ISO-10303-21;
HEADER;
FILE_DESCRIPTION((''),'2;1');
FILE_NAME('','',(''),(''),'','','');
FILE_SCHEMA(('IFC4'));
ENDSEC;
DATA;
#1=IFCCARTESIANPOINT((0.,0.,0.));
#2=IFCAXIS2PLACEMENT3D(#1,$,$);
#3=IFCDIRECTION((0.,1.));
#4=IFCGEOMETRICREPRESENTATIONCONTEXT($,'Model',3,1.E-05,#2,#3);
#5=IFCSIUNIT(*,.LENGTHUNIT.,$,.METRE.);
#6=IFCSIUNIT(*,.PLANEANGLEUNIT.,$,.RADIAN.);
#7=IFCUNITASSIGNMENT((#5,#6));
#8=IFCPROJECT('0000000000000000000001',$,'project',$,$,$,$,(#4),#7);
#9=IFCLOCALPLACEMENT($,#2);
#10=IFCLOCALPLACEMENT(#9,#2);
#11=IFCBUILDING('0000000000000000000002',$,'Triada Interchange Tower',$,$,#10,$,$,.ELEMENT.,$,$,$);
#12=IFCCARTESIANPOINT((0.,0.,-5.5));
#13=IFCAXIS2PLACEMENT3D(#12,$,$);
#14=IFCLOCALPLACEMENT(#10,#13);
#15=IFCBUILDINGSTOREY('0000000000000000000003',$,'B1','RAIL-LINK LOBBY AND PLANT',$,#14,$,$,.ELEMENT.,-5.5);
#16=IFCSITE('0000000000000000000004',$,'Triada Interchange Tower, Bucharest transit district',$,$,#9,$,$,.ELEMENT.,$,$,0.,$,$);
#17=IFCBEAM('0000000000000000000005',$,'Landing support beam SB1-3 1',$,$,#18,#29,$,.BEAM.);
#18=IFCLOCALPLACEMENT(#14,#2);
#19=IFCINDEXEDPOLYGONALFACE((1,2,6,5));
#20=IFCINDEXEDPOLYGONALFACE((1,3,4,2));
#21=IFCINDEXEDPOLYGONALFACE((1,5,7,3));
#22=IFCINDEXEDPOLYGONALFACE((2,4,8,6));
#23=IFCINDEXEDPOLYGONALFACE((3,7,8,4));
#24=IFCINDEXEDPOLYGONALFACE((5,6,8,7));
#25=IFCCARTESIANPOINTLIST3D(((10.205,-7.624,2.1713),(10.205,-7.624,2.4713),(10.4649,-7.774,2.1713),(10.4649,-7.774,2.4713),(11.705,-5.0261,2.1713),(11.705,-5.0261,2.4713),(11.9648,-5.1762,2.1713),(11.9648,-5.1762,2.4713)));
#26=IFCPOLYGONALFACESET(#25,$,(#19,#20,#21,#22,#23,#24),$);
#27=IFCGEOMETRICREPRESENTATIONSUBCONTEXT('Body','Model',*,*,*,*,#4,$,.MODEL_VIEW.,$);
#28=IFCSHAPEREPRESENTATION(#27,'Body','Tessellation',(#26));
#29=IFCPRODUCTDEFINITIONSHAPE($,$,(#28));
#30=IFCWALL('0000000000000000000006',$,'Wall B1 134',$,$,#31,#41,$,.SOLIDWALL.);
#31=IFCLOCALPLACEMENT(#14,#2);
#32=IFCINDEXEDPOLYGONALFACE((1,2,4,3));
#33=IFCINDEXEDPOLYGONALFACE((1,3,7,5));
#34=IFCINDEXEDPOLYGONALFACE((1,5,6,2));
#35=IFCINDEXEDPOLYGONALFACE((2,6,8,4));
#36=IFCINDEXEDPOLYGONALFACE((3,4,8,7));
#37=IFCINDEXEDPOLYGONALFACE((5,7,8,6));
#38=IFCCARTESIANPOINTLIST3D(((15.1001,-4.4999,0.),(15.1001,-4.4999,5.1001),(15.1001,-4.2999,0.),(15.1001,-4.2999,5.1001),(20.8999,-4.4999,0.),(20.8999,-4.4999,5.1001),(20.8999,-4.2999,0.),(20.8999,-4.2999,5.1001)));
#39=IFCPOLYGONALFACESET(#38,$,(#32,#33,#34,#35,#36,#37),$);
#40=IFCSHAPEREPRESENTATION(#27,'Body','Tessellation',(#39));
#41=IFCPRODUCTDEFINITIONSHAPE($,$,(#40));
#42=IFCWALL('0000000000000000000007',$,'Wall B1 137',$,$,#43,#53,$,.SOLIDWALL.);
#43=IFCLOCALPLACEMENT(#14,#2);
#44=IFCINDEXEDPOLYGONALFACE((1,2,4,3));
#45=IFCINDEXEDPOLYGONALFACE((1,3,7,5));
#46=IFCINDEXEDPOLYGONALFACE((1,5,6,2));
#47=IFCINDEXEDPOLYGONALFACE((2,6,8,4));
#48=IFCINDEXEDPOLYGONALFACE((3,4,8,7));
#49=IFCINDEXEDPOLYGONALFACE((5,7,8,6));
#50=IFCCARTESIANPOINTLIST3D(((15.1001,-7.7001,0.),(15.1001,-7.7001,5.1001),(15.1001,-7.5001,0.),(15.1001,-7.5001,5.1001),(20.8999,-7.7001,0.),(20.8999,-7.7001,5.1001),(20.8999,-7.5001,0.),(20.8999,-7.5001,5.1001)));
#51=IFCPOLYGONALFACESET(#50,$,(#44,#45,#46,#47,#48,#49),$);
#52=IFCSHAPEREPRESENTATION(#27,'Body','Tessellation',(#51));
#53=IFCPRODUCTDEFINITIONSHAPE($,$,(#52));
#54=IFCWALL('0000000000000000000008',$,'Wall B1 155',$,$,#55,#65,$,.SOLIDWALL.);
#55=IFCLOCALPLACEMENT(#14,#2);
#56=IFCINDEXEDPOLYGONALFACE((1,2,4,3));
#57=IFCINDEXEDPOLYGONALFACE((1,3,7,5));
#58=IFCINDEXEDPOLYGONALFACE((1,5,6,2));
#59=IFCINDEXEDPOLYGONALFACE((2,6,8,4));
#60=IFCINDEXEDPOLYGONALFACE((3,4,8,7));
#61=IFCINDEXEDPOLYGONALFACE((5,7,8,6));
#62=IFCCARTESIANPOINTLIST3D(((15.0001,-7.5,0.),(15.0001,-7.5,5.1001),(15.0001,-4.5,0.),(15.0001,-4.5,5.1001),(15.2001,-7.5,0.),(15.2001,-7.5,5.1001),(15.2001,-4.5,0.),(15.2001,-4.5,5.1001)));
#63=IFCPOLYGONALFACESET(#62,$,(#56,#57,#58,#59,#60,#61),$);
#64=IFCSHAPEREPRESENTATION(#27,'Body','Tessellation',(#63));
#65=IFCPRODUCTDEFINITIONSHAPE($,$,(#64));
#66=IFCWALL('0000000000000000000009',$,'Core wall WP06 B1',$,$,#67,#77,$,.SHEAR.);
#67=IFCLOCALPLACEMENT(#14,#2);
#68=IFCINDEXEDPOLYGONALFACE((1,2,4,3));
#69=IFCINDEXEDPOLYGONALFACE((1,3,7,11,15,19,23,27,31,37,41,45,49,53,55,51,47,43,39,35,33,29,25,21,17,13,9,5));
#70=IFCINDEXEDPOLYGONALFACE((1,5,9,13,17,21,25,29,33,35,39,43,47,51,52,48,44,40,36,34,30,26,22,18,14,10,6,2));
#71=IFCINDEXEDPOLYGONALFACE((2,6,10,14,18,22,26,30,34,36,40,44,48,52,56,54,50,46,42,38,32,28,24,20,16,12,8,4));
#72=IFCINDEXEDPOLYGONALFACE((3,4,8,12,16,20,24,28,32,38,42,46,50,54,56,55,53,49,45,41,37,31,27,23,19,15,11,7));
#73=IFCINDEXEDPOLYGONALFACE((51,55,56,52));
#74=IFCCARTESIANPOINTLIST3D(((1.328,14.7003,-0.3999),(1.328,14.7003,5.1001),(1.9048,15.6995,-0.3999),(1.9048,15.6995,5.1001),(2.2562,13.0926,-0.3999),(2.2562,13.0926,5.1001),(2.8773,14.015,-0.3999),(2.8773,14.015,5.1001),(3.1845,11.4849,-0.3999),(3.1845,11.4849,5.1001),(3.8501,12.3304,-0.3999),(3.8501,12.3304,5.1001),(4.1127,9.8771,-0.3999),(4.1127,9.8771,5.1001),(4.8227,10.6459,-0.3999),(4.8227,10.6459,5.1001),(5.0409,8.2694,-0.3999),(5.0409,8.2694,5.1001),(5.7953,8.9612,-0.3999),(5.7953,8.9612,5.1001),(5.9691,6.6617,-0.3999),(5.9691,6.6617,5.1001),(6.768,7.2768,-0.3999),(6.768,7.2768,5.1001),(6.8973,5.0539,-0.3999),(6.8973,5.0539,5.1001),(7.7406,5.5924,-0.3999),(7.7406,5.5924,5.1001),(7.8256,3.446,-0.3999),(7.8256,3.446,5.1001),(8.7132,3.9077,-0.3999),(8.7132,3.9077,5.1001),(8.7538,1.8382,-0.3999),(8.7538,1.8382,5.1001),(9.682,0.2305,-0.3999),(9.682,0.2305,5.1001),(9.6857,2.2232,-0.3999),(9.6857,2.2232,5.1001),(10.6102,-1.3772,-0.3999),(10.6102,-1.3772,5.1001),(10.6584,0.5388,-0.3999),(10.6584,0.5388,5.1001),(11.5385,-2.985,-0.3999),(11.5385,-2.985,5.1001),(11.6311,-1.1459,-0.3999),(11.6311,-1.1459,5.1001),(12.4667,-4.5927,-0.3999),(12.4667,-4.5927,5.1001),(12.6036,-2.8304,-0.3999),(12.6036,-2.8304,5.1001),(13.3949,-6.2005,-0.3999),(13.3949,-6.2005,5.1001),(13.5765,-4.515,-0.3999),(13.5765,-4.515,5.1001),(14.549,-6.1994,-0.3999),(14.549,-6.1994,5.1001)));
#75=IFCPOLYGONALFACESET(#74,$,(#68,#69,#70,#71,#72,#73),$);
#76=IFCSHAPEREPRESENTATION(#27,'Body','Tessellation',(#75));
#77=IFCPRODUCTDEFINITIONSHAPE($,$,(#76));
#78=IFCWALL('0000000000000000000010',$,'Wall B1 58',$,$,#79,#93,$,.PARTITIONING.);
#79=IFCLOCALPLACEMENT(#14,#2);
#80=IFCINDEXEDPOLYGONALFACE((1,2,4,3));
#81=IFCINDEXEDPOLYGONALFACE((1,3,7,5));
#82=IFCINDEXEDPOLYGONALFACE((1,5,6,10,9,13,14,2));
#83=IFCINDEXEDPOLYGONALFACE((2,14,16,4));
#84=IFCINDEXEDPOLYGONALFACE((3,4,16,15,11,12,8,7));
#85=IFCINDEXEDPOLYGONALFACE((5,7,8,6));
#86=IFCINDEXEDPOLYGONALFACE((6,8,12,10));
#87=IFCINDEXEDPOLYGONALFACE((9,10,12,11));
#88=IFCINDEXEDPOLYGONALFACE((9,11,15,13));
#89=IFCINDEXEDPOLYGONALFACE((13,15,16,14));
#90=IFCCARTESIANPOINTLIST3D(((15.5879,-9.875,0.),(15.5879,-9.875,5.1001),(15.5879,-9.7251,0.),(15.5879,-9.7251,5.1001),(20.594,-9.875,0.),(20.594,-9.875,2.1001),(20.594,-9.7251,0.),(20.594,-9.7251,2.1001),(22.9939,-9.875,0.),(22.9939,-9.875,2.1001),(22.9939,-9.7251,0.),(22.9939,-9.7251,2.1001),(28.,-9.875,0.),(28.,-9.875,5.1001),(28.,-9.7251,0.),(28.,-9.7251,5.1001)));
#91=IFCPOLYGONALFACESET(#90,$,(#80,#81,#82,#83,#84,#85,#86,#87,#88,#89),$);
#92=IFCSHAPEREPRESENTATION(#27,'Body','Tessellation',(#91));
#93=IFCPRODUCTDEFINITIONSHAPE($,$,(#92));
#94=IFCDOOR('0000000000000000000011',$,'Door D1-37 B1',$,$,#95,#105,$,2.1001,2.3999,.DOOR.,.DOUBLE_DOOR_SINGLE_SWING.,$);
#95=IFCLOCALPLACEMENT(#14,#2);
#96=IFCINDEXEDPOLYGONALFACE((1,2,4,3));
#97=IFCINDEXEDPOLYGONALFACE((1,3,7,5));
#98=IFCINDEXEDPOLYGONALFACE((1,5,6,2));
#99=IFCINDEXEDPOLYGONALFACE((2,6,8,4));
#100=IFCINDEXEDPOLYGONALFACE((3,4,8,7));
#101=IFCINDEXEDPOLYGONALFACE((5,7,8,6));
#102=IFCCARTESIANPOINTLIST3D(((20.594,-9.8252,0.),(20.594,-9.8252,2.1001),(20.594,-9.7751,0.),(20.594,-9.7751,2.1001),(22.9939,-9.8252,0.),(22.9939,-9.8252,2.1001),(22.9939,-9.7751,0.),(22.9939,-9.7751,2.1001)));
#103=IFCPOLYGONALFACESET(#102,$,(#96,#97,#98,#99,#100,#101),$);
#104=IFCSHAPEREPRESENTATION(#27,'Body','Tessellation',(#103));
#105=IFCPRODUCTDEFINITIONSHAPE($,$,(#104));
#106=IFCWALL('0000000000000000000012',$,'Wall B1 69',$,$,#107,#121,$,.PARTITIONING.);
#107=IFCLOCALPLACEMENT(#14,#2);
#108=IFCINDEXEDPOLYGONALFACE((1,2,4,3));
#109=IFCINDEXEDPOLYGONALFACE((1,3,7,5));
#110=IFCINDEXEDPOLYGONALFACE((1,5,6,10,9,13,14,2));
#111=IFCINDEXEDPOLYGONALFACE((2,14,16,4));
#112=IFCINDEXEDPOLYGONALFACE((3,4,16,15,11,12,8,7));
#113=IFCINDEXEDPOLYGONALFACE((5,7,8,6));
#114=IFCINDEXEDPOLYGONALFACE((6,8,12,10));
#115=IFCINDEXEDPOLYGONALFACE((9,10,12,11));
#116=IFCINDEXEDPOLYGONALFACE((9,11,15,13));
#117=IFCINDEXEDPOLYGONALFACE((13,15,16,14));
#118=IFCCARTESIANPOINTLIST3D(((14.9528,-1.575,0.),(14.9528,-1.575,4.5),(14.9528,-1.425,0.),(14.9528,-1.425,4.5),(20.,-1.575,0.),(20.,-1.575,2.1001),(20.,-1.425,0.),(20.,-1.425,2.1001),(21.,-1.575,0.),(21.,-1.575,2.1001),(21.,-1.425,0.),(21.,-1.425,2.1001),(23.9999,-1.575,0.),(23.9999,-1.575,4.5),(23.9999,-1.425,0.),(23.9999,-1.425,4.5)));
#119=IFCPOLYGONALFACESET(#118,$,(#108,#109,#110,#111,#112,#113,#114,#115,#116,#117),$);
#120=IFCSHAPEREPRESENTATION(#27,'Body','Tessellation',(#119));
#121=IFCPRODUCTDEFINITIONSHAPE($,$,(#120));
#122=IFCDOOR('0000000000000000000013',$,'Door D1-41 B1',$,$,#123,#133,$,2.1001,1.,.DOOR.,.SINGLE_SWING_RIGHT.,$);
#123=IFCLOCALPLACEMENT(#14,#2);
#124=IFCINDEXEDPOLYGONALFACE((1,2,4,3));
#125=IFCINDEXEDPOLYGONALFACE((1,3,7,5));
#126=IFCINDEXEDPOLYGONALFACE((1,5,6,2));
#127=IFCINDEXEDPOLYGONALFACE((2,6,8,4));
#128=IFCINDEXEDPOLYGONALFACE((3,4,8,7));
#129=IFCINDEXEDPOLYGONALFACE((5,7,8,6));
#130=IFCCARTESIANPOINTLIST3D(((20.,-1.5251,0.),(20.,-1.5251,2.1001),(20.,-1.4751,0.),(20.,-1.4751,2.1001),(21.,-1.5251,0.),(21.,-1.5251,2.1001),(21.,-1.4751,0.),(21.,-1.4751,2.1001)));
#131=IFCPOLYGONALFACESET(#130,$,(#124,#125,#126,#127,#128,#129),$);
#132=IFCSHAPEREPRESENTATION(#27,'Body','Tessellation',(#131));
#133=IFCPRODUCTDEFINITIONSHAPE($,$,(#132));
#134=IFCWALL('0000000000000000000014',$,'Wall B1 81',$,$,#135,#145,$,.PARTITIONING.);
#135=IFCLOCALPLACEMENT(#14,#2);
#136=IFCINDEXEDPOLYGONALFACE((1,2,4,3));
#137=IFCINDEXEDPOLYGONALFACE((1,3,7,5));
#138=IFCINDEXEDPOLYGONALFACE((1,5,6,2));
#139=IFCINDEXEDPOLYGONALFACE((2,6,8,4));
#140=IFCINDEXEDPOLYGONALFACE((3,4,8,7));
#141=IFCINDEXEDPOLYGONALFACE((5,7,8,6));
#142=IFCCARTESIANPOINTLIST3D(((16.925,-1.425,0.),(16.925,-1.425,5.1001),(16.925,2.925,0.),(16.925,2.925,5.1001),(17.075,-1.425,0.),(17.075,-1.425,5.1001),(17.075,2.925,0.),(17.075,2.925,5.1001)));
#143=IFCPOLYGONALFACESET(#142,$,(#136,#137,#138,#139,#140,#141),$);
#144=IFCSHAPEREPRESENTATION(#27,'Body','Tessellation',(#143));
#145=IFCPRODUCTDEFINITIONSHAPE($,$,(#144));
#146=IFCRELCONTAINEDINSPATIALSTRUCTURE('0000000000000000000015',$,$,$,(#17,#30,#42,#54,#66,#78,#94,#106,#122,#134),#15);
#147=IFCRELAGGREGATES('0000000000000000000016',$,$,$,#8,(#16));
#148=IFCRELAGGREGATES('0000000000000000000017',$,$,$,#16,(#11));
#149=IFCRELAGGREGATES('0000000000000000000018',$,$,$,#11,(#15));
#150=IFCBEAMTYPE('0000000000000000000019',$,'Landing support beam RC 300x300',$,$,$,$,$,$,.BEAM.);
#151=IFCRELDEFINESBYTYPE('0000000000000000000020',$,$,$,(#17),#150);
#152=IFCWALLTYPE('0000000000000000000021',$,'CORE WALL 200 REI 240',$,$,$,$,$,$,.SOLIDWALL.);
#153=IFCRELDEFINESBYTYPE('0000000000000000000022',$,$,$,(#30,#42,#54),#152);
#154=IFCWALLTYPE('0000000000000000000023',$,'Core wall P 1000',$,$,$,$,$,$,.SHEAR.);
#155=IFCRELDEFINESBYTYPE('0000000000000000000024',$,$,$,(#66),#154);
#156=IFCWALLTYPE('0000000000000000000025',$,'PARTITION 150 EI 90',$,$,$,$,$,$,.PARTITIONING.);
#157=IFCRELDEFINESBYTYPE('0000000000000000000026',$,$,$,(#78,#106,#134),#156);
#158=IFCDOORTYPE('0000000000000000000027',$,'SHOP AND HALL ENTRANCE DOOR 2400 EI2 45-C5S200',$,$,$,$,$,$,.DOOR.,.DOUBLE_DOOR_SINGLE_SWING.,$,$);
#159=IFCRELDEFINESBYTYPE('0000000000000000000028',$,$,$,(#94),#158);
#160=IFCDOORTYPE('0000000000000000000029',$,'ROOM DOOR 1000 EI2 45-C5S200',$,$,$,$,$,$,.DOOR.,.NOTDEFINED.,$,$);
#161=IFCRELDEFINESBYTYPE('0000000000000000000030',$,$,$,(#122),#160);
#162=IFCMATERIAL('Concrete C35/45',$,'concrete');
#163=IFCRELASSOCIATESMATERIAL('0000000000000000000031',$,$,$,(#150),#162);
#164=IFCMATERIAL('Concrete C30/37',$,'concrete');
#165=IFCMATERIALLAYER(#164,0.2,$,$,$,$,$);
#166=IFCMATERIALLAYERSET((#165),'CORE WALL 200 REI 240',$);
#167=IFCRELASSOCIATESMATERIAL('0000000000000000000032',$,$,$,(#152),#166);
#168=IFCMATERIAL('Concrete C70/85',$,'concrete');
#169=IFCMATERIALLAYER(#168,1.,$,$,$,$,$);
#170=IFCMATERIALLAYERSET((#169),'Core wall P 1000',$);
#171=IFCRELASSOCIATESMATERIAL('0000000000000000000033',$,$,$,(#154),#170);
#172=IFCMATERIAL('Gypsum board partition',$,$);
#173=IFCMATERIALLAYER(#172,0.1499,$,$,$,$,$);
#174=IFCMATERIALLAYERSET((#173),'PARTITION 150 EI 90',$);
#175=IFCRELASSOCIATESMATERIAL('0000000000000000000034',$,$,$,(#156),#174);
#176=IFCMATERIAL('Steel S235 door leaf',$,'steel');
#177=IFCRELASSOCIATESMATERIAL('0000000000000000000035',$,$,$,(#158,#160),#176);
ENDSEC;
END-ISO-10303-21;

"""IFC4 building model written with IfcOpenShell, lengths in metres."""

from ifc_helpers import new_model, si_unit, direction, frame, frame_2d, origin, origin_2d, place, context, subcontext, project, spatial, polyline, rectangle, outline, extrude, material, layer, layer_set, material_profile, profile_set, type_object, element, fill, save


model = new_model("IFC4")

# Units and contexts
model_context = context("Model", 3, precision=1e-05, world=origin(), true_north=direction((0.0, 1.0)))
body_context = subcontext(model_context, "Body", "Model", "MODEL_VIEW")
ifc_project = project(units=[si_unit("LENGTHUNIT", "METRE"), si_unit("PLANEANGLEUNIT", "RADIAN")], contexts=[model_context])

# Site, building, storey
site_placement = place(None, origin())
site = spatial("IfcSite", under=ifc_project, at=site_placement, Name="Triada Interchange Tower, Bucharest transit district", CompositionType="ELEMENT", RefElevation=0.0)
building_placement = place(site_placement, origin())
building = spatial("IfcBuilding", under=site, at=building_placement, Name="Triada Interchange Tower", CompositionType="ELEMENT")
storey_placement = place(building_placement, frame((0.0, 0.0, -5.5)))
storey = spatial("IfcBuildingStorey", under=building, at=storey_placement, Name="B1", Description="RAIL-LINK LOBBY AND PLANT", CompositionType="ELEMENT", Elevation=-5.5)

# Shared definitions
ifc_material_1 = material(Name="Concrete C30/37", Category="concrete")

# Beam
ifc_material_2 = material(Name="Concrete C35/45", Category="concrete")
ifc_material_profile_1 = material_profile(ifc_material_2, rectangle(XDim=0.3, YDim=0.3, at=origin_2d()), Name="RC 300x300")
ifc_profile_set_1 = profile_set([ifc_material_profile_1], Name="Concrete C35/45")
beam_type = type_object("IfcBeamType", Name="Landing support beam RC 300x300", PredefinedType="BEAM", material=ifc_profile_set_1)
beam_placement = place(storey_placement, frame((10.335, -7.699, 2.3213), z_axis=(0.500025, 0.866011, 0.0), x_axis=(-0.866011, 0.500025, 0.0)))
element("IfcBeam", 1, at=beam_placement, inside=storey, type_object=beam_type, Name="Landing support beam SB1-3 1", PredefinedType="BEAM", context=body_context, shape_type="SweptSolid", body=[
    extrude(rectangle(XDim=0.3, YDim=0.3, at=origin_2d()), origin(), (0.0, 0.0, 1.0), 2.9998),
])

# Walls
ifc_layer_1 = layer(ifc_material_1, 0.2)
ifc_layer_set_1 = layer_set([ifc_layer_1], Name="CORE WALL 200 REI 240")
wall_type_1 = type_object("IfcWallType", Name="CORE WALL 200 REI 240", PredefinedType="SOLIDWALL", material=ifc_layer_set_1)
for number, where, z_axis, x_axis, name in (
    (2, (15.1001, -4.3999, 0.0), (0.0, 0.0, 1.0), (1.0, 0.0, 0.0), "Wall B1 134"),
    (3, (15.1001, -7.6001, 0.0), (0.0, 0.0, 1.0), (1.0, 0.0, 0.0), "Wall B1 137"),
):
    element("IfcWall", number, at=place(storey_placement, frame(where, z_axis=z_axis, x_axis=x_axis)), inside=storey, type_object=wall_type_1, Name=name, PredefinedType="SOLIDWALL", context=body_context, shape_type="SweptSolid", body=[
        extrude(rectangle(XDim=5.7998, YDim=0.2, at=frame_2d((2.8999, 0.0))), origin(), (0.0, 0.0, 1.0), 5.1001),
    ])
wall_1_placement = place(storey_placement, frame((15.1001, -7.5, 0.0), z_axis=(0.0, 0.0, 1.0), x_axis=(0.0, 1.0, 0.0)))
element("IfcWall", 4, at=wall_1_placement, inside=storey, type_object=wall_type_1, Name="Wall B1 155", PredefinedType="SOLIDWALL", context=body_context, shape_type="SweptSolid", body=[
    extrude(rectangle(XDim=3.0, YDim=0.2, at=frame_2d((1.5, 0.0))), origin(), (0.0, 0.0, 1.0), 5.1001),
])

# Shared definitions
ifc_material_3 = material(Name="Concrete C70/85", Category="concrete")
ifc_layer_2 = layer(ifc_material_3, 1.0)
ifc_layer_set_2 = layer_set([ifc_layer_2], Name="Core wall P 1000")
wall_type_2 = type_object("IfcWallType", Name="Core wall P 1000", PredefinedType="SHEAR", material=ifc_layer_set_2)
ifc_material_4 = material(Name="Steel S235 door leaf", Category="steel")

# Wall
wall_2_placement = place(storey_placement, frame((13.9719, -6.2, -0.3999), z_axis=(0.0, 0.0, 1.0), x_axis=(-0.499992, 0.86603, 0.0)))
element("IfcWall", 5, at=wall_2_placement, inside=storey, type_object=wall_type_2, Name="Core wall WP06 B1", PredefinedType="SHEAR", context=body_context, shape_type="SweptSolid", body=[
    extrude(outline(polyline([(-0.2881, -0.5), (1.657, -0.5), (3.6023, -0.4998), (5.5474, -0.4998), (7.4927, -0.4998), (9.4377, -0.4995), (11.3828, -0.4995), (13.3281, -0.4995), (15.2732, -0.4995), (17.2183, -0.4993), (19.1636, -0.4993), (21.1086, -0.4993), (23.054, -0.499), (24.999, -0.499), (24.4221, 0.5), (22.5657, 0.5), (20.7092, 0.5), (18.8528, 0.5), (16.9963, 0.5), (15.1399, 0.5), (13.2834, 0.5), (11.4268, 0.5), (9.5703, 0.5), (7.7139, 0.5), (5.8574, 0.5), (4.001, 0.5), (2.1445, 0.5), (0.2881, 0.5), (-0.2881, -0.5)])), origin(), (0.0, 0.0, 1.0), 5.5),
])

# Walls, openings, doors
ifc_material_5 = material(Name="Gypsum board partition")
ifc_layer_3 = layer(ifc_material_5, 0.1499)
ifc_layer_set_3 = layer_set([ifc_layer_3], Name="PARTITION 150 EI 90")
wall_type_3 = type_object("IfcWallType", Name="PARTITION 150 EI 90", PredefinedType="PARTITIONING", material=ifc_layer_set_3)
wall_3_placement = place(storey_placement, frame((15.5879, -9.8, 0.0), z_axis=(0.0, 0.0, 1.0), x_axis=(1.0, 0.0, 0.0)))
wall_3 = element("IfcWall", 6, at=wall_3_placement, inside=storey, type_object=wall_type_3, Name="Wall B1 58", PredefinedType="PARTITIONING", context=body_context, shape_type="SweptSolid", body=[
    extrude(rectangle(XDim=12.4121, YDim=0.1499, at=frame_2d((6.2061, 0.0))), origin(), (0.0, 0.0, 1.0), 5.1001),
])
opening_1_placement = place(wall_3_placement, frame((5.0061, 0.0, 0.0)))
opening_1 = element("IfcOpeningElement", 7, at=opening_1_placement, cuts=wall_3, PredefinedType="OPENING", context=body_context, shape_type="SweptSolid", body=[
    extrude(rectangle(XDim=2.3999, YDim=2.1001, at=frame_2d((1.2, 1.05))), frame((0.0, 0.085, 0.0), z_axis=(0.0, -1.0, 0.0), x_axis=(1.0, 0.0, 0.0)), (0.0, 0.0, 1.0), 0.1699),
])
door_type_1 = type_object("IfcDoorType", Name="SHOP AND HALL ENTRANCE DOOR 2400 EI2 45-C5S200", OperationType="DOUBLE_DOOR_SINGLE_SWING", PredefinedType="DOOR", material=ifc_material_4)
door_1_placement = place(opening_1_placement, origin())
door_1 = element("IfcDoor", 8, at=door_1_placement, inside=storey, type_object=door_type_1, Name="Door D1-37 B1", OperationType="DOUBLE_DOOR_SINGLE_SWING", OverallHeight=2.1001, OverallWidth=2.3999, PredefinedType="DOOR", context=body_context, shape_type="SweptSolid", body=[
    extrude(rectangle(XDim=2.3999, YDim=2.1001, at=frame_2d((1.2, 1.05))), frame((0.0, 0.0249, 0.0), z_axis=(0.0, -1.0, 0.0), x_axis=(1.0, 0.0, 0.0)), (0.0, 0.0, 1.0), 0.05),
])
fill(opening_1, door_1)
wall_4_placement = place(storey_placement, frame((14.9529, -1.5, 0.0), z_axis=(0.0, 0.0, 1.0), x_axis=(1.0, 0.0, 0.0)))
wall_4 = element("IfcWall", 9, at=wall_4_placement, inside=storey, type_object=wall_type_3, Name="Wall B1 69", PredefinedType="PARTITIONING", context=body_context, shape_type="SweptSolid", body=[
    extrude(rectangle(XDim=9.0471, YDim=0.1499, at=frame_2d((4.5234, 0.0))), origin(), (0.0, 0.0, 1.0), 4.5),
])
opening_2_placement = place(wall_4_placement, frame((5.0471, 0.0, 0.0)))
opening_2 = element("IfcOpeningElement", 10, at=opening_2_placement, cuts=wall_4, PredefinedType="OPENING", context=body_context, shape_type="SweptSolid", body=[
    extrude(rectangle(XDim=1.0, YDim=2.1001, at=frame_2d((0.5, 1.05))), frame((0.0, 0.085, 0.0), z_axis=(0.0, -1.0, 0.0), x_axis=(1.0, 0.0, 0.0)), (0.0, 0.0, 1.0), 0.1699),
])
door_type_2 = type_object("IfcDoorType", Name="ROOM DOOR 1000 EI2 45-C5S200", OperationType="NOTDEFINED", PredefinedType="DOOR", material=ifc_material_4)
door_2_placement = place(opening_2_placement, origin())
door_2 = element("IfcDoor", 11, at=door_2_placement, inside=storey, type_object=door_type_2, Name="Door D1-41 B1", OperationType="SINGLE_SWING_RIGHT", OverallHeight=2.1001, OverallWidth=1.0, PredefinedType="DOOR", context=body_context, shape_type="SweptSolid", body=[
    extrude(rectangle(XDim=1.0, YDim=2.1001, at=frame_2d((0.5, 1.05))), frame((0.0, 0.0249, 0.0), z_axis=(0.0, -1.0, 0.0), x_axis=(1.0, 0.0, 0.0)), (0.0, 0.0, 1.0), 0.05),
])
fill(opening_2, door_2)

# Wall
wall_5_placement = place(storey_placement, frame((17.0, -1.425, 0.0), z_axis=(0.0, 0.0, 1.0), x_axis=(0.0, 1.0, 0.0)))
element("IfcWall", 12, at=wall_5_placement, inside=storey, type_object=wall_type_3, Name="Wall B1 81", PredefinedType="PARTITIONING", context=body_context, shape_type="SweptSolid", body=[
    extrude(rectangle(XDim=4.3501, YDim=0.1499, at=frame_2d((2.175, 0.0))), origin(), (0.0, 0.0, 1.0), 5.1001),
])

save(model, "model.ifc")
